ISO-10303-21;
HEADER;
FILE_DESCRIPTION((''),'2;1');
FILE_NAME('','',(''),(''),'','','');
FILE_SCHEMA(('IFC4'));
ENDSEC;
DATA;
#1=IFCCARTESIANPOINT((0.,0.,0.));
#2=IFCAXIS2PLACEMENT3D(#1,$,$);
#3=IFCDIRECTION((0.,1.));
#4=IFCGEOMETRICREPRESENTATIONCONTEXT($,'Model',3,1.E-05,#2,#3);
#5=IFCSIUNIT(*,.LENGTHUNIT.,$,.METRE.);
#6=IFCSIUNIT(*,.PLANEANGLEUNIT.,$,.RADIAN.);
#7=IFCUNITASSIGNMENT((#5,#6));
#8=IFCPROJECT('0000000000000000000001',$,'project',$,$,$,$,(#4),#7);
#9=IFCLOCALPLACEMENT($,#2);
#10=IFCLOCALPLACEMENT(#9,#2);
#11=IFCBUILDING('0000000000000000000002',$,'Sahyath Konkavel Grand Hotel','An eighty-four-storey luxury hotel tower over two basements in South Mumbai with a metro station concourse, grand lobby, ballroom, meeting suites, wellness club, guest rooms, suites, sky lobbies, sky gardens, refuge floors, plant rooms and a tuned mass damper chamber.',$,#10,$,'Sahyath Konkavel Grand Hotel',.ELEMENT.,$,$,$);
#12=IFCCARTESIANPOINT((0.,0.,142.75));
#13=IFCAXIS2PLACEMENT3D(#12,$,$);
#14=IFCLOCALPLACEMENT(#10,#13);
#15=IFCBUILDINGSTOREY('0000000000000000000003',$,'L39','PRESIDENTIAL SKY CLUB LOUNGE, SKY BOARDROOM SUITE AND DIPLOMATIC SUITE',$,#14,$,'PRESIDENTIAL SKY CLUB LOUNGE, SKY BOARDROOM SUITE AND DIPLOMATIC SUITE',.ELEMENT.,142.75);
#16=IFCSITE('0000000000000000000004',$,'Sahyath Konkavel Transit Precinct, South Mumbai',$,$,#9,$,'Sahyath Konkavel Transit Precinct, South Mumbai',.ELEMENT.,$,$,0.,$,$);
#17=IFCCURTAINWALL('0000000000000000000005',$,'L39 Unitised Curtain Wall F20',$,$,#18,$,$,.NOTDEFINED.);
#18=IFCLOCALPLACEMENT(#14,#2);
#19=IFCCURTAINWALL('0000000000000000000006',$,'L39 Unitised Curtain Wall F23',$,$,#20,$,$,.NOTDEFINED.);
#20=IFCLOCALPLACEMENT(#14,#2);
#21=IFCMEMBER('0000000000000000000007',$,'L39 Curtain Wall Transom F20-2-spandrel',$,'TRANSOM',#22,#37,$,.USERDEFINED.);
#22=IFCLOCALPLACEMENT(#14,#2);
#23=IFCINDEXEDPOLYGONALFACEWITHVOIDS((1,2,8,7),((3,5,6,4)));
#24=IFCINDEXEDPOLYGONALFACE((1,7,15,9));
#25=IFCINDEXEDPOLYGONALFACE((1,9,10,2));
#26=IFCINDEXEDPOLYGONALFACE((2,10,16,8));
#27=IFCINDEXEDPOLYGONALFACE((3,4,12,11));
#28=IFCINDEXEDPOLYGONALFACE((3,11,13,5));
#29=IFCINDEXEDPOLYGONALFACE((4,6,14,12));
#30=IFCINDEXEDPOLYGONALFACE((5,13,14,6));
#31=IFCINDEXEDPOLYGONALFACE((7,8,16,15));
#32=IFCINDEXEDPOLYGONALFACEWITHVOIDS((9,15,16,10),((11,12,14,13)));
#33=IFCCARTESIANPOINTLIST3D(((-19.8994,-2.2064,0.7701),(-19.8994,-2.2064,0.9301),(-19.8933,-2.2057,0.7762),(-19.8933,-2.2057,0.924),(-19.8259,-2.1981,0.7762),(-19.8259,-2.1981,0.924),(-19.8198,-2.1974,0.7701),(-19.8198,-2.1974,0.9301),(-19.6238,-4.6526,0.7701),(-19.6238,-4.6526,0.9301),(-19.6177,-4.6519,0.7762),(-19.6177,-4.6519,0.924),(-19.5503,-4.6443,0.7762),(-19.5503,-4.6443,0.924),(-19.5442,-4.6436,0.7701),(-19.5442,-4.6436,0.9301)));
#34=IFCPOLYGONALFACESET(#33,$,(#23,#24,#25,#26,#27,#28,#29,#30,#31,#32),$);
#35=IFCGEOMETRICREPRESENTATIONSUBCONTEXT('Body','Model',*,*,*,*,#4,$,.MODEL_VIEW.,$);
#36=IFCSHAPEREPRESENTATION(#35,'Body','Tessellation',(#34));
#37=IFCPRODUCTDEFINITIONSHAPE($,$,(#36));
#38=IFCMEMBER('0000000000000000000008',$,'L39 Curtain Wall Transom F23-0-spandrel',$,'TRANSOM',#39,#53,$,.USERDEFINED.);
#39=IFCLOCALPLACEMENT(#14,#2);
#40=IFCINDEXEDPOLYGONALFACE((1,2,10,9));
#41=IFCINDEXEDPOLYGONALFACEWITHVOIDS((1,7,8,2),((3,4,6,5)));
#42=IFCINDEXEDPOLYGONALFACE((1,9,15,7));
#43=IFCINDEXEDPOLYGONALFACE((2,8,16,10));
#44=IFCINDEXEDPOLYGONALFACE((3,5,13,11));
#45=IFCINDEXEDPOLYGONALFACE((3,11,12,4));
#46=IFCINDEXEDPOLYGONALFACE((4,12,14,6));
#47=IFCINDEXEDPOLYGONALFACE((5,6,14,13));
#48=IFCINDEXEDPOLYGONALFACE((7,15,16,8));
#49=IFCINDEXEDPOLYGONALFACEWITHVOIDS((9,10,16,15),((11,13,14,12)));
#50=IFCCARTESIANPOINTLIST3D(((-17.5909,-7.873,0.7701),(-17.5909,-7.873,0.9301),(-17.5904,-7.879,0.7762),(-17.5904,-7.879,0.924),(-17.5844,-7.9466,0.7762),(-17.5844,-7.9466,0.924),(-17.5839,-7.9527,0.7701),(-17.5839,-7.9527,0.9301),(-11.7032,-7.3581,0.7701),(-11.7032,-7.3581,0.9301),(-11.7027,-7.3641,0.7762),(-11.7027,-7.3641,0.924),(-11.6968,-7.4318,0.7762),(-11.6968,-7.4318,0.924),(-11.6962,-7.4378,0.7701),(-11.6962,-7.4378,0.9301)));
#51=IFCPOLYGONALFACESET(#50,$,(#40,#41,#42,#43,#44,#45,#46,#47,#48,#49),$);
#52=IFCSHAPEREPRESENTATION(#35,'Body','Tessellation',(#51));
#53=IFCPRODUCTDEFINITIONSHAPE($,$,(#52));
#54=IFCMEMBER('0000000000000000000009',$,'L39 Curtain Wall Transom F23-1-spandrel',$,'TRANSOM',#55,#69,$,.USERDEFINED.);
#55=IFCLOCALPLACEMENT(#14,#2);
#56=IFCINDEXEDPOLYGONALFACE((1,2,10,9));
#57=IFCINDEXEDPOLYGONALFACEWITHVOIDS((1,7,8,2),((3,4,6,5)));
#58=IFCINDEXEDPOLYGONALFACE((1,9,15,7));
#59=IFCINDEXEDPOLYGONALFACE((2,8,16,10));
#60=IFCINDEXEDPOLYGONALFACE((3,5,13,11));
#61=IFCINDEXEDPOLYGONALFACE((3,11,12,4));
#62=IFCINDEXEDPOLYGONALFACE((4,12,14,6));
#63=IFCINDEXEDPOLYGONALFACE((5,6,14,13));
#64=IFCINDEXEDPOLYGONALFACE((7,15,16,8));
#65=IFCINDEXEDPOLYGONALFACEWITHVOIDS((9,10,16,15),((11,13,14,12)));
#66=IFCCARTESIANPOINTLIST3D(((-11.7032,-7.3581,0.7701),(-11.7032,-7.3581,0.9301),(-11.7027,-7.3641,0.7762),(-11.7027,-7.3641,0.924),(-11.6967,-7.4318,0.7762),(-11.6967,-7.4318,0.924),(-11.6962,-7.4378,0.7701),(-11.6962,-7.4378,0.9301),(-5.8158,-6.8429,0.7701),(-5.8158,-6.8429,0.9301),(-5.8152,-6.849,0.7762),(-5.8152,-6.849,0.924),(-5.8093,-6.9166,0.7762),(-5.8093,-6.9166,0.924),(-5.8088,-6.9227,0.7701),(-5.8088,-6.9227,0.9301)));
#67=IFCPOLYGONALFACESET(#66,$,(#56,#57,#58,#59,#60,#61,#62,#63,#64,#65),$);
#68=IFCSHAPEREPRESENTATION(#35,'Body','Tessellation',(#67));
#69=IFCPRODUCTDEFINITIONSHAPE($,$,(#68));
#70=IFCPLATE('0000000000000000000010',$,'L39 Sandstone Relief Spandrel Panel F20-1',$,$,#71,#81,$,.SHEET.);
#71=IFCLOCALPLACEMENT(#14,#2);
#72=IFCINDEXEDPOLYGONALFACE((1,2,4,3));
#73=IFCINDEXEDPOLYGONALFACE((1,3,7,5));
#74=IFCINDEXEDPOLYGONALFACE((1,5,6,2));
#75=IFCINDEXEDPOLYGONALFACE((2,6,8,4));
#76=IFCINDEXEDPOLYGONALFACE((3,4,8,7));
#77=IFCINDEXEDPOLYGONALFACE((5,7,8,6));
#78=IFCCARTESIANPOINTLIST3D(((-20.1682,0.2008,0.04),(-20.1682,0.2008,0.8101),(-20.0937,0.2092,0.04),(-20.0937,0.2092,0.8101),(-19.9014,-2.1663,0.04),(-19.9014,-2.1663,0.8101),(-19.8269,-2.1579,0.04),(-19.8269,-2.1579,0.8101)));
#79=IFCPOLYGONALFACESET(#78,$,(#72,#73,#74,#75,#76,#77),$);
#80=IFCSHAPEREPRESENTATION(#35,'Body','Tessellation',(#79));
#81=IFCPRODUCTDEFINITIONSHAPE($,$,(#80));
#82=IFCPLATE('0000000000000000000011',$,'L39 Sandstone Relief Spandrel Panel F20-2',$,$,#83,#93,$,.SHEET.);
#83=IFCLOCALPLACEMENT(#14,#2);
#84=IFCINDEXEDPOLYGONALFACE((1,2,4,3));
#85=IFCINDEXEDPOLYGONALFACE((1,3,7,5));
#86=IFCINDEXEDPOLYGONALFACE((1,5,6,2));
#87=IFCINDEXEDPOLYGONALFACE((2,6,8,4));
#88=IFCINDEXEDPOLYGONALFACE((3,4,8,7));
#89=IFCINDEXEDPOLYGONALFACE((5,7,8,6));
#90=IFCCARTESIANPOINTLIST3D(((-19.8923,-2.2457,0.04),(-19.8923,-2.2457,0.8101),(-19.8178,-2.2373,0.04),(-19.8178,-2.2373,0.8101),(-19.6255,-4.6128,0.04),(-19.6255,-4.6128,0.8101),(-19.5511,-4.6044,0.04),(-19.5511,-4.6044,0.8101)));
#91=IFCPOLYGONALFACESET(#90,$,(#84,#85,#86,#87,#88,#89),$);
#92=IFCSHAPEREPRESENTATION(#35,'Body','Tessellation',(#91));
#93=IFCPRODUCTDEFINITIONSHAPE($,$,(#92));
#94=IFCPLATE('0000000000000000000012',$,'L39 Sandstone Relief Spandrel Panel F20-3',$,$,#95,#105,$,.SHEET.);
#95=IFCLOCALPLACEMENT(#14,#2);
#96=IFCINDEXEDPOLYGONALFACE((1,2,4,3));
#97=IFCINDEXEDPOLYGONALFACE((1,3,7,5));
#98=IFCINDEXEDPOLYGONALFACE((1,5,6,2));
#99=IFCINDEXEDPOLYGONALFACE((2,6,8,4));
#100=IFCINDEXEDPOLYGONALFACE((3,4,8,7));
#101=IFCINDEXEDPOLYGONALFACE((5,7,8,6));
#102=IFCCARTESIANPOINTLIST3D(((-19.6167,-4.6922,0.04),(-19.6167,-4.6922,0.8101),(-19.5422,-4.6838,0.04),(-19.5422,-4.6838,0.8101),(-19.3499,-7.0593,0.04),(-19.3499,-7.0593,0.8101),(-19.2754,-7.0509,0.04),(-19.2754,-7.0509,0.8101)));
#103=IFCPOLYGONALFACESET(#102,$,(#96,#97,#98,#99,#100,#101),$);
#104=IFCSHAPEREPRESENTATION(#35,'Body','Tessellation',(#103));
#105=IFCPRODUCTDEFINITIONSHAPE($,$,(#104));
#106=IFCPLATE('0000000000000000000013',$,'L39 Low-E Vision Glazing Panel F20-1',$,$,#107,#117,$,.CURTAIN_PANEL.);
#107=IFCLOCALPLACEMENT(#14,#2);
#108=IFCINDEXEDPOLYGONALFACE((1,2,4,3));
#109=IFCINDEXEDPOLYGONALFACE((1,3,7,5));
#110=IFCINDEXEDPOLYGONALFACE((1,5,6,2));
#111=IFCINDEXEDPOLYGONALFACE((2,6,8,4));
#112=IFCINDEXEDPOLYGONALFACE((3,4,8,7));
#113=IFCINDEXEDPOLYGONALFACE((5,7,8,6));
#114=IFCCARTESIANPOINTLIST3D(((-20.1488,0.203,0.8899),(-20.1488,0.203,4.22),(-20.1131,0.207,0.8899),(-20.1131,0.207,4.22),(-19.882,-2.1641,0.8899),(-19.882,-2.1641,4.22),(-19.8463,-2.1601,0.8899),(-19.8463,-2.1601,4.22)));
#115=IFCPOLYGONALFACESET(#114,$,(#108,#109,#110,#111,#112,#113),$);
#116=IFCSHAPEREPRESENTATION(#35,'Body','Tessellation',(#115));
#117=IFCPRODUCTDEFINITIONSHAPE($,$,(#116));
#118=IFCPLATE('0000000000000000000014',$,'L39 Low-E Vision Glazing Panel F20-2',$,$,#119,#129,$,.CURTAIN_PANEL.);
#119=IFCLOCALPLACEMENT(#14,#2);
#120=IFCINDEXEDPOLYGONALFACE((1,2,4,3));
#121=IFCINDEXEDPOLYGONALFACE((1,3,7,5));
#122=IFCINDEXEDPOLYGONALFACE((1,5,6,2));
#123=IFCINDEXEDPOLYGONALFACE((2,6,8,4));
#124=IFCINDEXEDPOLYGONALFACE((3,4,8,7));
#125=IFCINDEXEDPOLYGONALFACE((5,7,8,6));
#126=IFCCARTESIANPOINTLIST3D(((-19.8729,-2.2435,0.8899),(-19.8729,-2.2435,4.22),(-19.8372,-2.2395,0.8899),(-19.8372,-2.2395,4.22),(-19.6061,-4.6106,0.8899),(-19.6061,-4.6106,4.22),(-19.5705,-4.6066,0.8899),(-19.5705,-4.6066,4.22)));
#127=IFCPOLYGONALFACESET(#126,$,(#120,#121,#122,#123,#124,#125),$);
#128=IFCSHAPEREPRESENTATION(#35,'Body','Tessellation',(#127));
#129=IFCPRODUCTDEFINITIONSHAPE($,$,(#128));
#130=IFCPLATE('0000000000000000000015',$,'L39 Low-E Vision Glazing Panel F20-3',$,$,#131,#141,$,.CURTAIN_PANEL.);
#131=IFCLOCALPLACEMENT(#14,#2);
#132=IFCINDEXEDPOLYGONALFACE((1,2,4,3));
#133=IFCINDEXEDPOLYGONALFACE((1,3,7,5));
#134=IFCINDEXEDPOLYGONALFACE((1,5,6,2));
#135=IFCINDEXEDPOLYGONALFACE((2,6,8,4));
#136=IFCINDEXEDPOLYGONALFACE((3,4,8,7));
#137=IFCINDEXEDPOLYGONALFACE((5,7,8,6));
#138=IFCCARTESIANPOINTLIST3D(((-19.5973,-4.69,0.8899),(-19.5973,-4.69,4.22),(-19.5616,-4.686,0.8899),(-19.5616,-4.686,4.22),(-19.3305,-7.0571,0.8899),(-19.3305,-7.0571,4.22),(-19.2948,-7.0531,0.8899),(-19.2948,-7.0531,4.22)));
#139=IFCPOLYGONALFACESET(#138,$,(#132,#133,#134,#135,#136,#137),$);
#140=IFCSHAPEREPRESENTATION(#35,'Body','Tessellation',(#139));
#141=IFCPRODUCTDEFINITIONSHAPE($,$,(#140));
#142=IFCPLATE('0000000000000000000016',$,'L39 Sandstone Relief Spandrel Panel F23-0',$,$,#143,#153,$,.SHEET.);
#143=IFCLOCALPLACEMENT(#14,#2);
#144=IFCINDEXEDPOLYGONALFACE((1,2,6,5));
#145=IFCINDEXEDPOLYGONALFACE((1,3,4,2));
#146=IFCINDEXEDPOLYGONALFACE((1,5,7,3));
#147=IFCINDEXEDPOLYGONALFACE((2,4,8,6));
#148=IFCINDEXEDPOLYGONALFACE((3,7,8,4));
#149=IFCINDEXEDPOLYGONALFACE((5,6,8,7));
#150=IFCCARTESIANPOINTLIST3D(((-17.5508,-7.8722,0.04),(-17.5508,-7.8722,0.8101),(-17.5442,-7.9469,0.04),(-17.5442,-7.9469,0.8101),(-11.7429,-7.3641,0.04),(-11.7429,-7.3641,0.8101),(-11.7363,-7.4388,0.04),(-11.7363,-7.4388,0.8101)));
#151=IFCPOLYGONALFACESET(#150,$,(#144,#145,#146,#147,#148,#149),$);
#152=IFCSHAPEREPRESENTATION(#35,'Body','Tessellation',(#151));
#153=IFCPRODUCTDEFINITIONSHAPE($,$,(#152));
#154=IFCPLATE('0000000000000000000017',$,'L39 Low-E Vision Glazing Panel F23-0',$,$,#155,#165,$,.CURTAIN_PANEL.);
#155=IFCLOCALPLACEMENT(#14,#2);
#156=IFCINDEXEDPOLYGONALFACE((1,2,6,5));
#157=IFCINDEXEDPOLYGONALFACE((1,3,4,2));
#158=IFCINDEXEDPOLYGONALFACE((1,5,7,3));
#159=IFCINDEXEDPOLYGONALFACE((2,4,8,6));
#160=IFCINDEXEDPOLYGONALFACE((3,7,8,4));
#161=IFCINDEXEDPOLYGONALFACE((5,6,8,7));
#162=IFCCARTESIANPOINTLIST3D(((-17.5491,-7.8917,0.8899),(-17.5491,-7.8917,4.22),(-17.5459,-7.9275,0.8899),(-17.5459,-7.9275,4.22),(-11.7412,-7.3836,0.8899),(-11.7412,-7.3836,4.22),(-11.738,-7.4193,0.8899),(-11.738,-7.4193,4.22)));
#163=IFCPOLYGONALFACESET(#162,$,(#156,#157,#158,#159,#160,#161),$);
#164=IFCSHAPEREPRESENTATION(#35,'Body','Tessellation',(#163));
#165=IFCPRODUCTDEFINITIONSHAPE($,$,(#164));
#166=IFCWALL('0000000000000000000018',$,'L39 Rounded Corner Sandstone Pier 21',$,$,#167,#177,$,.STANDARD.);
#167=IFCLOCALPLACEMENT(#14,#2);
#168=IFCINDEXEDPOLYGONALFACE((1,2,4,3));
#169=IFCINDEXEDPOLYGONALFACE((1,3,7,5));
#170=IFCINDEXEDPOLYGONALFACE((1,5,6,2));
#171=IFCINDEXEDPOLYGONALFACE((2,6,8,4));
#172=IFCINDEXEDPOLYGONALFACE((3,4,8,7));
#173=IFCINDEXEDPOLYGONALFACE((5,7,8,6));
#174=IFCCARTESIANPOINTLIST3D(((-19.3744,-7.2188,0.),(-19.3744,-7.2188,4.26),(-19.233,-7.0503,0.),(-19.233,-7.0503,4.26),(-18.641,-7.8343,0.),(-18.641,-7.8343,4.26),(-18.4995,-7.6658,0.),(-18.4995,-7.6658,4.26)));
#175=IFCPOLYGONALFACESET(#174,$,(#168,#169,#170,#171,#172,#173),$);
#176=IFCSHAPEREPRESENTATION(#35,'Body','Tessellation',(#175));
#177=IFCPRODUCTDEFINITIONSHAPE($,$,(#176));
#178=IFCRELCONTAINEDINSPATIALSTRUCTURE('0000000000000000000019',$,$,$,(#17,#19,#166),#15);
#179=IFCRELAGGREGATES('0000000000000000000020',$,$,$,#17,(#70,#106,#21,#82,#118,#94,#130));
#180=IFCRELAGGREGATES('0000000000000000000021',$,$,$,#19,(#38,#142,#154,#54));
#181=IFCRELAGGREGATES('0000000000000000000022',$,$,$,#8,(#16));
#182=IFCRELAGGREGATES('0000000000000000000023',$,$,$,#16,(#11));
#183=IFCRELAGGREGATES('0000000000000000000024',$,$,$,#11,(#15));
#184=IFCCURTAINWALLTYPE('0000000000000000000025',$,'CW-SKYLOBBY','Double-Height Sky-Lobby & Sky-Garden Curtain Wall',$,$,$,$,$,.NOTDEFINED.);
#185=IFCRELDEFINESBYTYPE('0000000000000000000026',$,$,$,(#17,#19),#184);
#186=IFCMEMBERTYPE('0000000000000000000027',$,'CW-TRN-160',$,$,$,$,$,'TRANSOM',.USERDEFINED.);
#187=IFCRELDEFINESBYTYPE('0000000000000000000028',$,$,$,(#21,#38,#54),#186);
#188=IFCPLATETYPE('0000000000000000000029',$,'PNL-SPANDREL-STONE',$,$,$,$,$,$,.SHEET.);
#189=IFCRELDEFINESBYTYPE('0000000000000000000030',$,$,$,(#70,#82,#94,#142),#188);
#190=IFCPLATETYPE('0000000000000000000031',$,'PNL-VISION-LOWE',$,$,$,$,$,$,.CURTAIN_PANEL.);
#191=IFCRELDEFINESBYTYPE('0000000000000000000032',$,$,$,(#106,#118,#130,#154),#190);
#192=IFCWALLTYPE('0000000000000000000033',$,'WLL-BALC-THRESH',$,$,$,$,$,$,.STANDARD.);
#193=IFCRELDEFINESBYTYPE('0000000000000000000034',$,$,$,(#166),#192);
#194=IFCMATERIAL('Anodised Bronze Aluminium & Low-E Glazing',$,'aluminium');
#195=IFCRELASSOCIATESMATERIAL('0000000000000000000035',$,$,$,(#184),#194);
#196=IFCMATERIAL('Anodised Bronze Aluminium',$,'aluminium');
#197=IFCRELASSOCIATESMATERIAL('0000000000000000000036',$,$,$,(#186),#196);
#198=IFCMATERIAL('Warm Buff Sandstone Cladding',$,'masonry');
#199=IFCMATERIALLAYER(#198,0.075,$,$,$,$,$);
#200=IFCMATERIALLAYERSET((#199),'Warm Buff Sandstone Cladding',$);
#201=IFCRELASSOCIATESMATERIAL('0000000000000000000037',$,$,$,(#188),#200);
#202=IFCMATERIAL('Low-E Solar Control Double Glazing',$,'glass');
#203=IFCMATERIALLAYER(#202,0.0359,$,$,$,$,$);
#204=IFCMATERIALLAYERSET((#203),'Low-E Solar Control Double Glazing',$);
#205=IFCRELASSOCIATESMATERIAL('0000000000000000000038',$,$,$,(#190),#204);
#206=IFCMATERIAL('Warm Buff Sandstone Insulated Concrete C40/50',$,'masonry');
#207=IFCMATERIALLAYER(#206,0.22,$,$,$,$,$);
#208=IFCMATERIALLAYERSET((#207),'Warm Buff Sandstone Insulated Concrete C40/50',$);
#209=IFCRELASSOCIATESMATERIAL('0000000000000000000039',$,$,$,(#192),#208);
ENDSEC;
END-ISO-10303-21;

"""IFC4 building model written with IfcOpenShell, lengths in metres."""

from ifc_helpers import new_model, si_unit, direction, frame, frame_2d, origin, origin_2d, place, context, subcontext, project, spatial, rectangle, hollow_rectangle, extrude, source, transform, mapped, material, layer, layer_set, material_profile, profile_set, type_object, element, aggregate, save


model = new_model("IFC4")

# Units and contexts
model_context = context("Model", 3, precision=1e-05, world=origin(), true_north=direction((0.0, 1.0)))
body_context = subcontext(model_context, "Body", "Model", "MODEL_VIEW")
ifc_project = project(units=[si_unit("LENGTHUNIT", "METRE"), si_unit("PLANEANGLEUNIT", "RADIAN")], contexts=[model_context])

# Site, building, storey
site_placement = place(None, origin())
site = spatial("IfcSite", under=ifc_project, at=site_placement, Name="Sahyath Konkavel Transit Precinct, South Mumbai", LongName="Sahyath Konkavel Transit Precinct, South Mumbai", CompositionType="ELEMENT", RefElevation=0.0)
building_placement = place(site_placement, origin())
building = spatial("IfcBuilding", under=site, at=building_placement, Name="Sahyath Konkavel Grand Hotel", Description="An eighty-four-storey luxury hotel tower over two basements in South Mumbai with a metro station concourse, grand lobby, ballroom, meeting suites, wellness club, guest rooms, suites, sky lobbies, sky gardens, refuge floors, plant rooms and a tuned mass damper chamber.", LongName="Sahyath Konkavel Grand Hotel", CompositionType="ELEMENT")
storey_placement = place(building_placement, frame((0.0, 0.0, 142.75)))
storey = spatial("IfcBuildingStorey", under=building, at=storey_placement, Name="L39", Description="PRESIDENTIAL SKY CLUB LOUNGE, SKY BOARDROOM SUITE AND DIPLOMATIC SUITE", LongName="PRESIDENTIAL SKY CLUB LOUNGE, SKY BOARDROOM SUITE AND DIPLOMATIC SUITE", CompositionType="ELEMENT", Elevation=142.75)

# Curtain walls
ifc_material_1 = material(Name="Anodised Bronze Aluminium & Low-E Glazing", Category="aluminium")
curtain_wall_type = type_object("IfcCurtainWallType", Name="CW-SKYLOBBY", Description="Double-Height Sky-Lobby & Sky-Garden Curtain Wall", PredefinedType="NOTDEFINED", material=ifc_material_1)
curtain_wall_1_placement = place(storey_placement, origin())
curtain_wall_1 = element("IfcCurtainWall", 1, at=curtain_wall_1_placement, inside=storey, type_object=curtain_wall_type, Name="L39 Unitised Curtain Wall F20", PredefinedType="NOTDEFINED")
ifc_material_2 = material(Name="Anodised Bronze Aluminium", Category="aluminium")
curtain_wall_2_placement = place(storey_placement, origin())
curtain_wall_2 = element("IfcCurtainWall", 2, at=curtain_wall_2_placement, inside=storey, type_object=curtain_wall_type, Name="L39 Unitised Curtain Wall F23", PredefinedType="NOTDEFINED")

# Members
ifc_material_profile_1 = material_profile(ifc_material_2, hollow_rectangle(XDim=0.0801, YDim=0.1599, WallThickness=0.0061, at=origin_2d()), Name="RHS 160x80x6")
ifc_profile_set_1 = profile_set([ifc_material_profile_1], Name="Anodised Bronze Aluminium")
member_type_1 = type_object("IfcMemberType", Name="CW-TRN-160", ElementType="TRANSOM", PredefinedType="USERDEFINED", material=ifc_profile_set_1)
shared_shape_1 = source(origin(), body_context, "Body", "SweptSolid", [
    extrude(hollow_rectangle(XDim=0.0801, YDim=0.1599, WallThickness=0.0061, at=origin_2d()), origin(), (0.0, 0.0, 1.0), 2.4617),
])
member_1_placement = place(storey_placement, frame((-19.8596, -2.2019, 0.8501), z_axis=(0.111966, -0.993712, 0.0), x_axis=(0.993712, 0.111966, 0.0)))
member_1 = element("IfcMember", 3, at=member_1_placement, type_object=member_type_1, Name="L39 Curtain Wall Transom F20-2-spandrel", ObjectType="TRANSOM", PredefinedType="USERDEFINED", context=body_context, shape_type="MappedRepresentation", body=[
    mapped(shared_shape_1, transform((0.0, 0.0, 0.0), scale=1.0)),
])
shared_shape_2 = source(origin(), body_context, "Body", "SweptSolid", [
    extrude(hollow_rectangle(XDim=0.0801, YDim=0.1599, WallThickness=0.0061, at=origin_2d()), origin(), (0.0, 0.0, 1.0), 5.9102),
])
member_2_placement = place(storey_placement, frame((-17.5874, -7.9128, 0.8501), z_axis=(0.996198, 0.08712, 0.0), x_axis=(-0.08712, 0.996198, 0.0)))
member_2 = element("IfcMember", 4, at=member_2_placement, type_object=member_type_1, Name="L39 Curtain Wall Transom F23-0-spandrel", ObjectType="TRANSOM", PredefinedType="USERDEFINED", context=body_context, shape_type="MappedRepresentation", body=[
    mapped(shared_shape_2, transform((0.0, 0.0, 0.0), scale=1.0)),
])
shared_shape_3 = source(origin(), body_context, "Body", "SweptSolid", [
    extrude(hollow_rectangle(XDim=0.0801, YDim=0.1599, WallThickness=0.0061, at=origin_2d()), origin(), (0.0, 0.0, 1.0), 5.9099),
])
member_3_placement = place(storey_placement, frame((-11.6997, -7.3979, 0.8501), z_axis=(0.996194, 0.087164, 0.0), x_axis=(-0.087164, 0.996194, 0.0)))
member_3 = element("IfcMember", 5, at=member_3_placement, type_object=member_type_1, Name="L39 Curtain Wall Transom F23-1-spandrel", ObjectType="TRANSOM", PredefinedType="USERDEFINED", context=body_context, shape_type="MappedRepresentation", body=[
    mapped(shared_shape_3, transform((0.0, 0.0, 0.0), scale=1.0)),
])

# Plates
ifc_material_3 = material(Name="Warm Buff Sandstone Cladding", Category="masonry")
ifc_layer_1 = layer(ifc_material_3, 0.075)
ifc_layer_set_1 = layer_set([ifc_layer_1], Name="Warm Buff Sandstone Cladding")
plate_type_1 = type_object("IfcPlateType", Name="PNL-SPANDREL-STONE", PredefinedType="SHEET", material=ifc_layer_set_1)
shared_shape_4 = source(origin(), body_context, "Body", "SweptSolid", [
    extrude(rectangle(XDim=2.3821, YDim=0.075, at=origin_2d()), origin(), (0.0, 0.0, 1.0), 0.77),
])
plate_1_placement = place(storey_placement, frame((-19.9976, -0.9785, 0.04), z_axis=(0.0, 0.0, 1.0), x_axis=(0.111989, -0.993709, 0.0)))
plate_1 = element("IfcPlate", 6, at=plate_1_placement, type_object=plate_type_1, Name="L39 Sandstone Relief Spandrel Panel F20-1", PredefinedType="SHEET", context=body_context, shape_type="MappedRepresentation", body=[
    mapped(shared_shape_4, transform((0.0, 0.0, 0.0), scale=1.0)),
])
plate_2_placement = place(storey_placement, frame((-19.7217, -3.425, 0.04), z_axis=(0.0, 0.0, 1.0), x_axis=(0.111989, -0.993709, 0.0)))
plate_2 = element("IfcPlate", 7, at=plate_2_placement, type_object=plate_type_1, Name="L39 Sandstone Relief Spandrel Panel F20-2", PredefinedType="SHEET", context=body_context, shape_type="MappedRepresentation", body=[
    mapped(shared_shape_4, transform((0.0, 0.0, 0.0), scale=1.0)),
])
plate_3_placement = place(storey_placement, frame((-19.446, -5.8716, 0.04), z_axis=(0.0, 0.0, 1.0), x_axis=(0.111989, -0.993709, 0.0)))
plate_3 = element("IfcPlate", 8, at=plate_3_placement, type_object=plate_type_1, Name="L39 Sandstone Relief Spandrel Panel F20-3", PredefinedType="SHEET", context=body_context, shape_type="MappedRepresentation", body=[
    mapped(shared_shape_4, transform((0.0, 0.0, 0.0), scale=1.0)),
])
ifc_material_4 = material(Name="Low-E Solar Control Double Glazing", Category="glass")
ifc_layer_2 = layer(ifc_material_4, 0.0359)
ifc_layer_set_2 = layer_set([ifc_layer_2], Name="Low-E Solar Control Double Glazing")
plate_type_2 = type_object("IfcPlateType", Name="PNL-VISION-LOWE", PredefinedType="CURTAIN_PANEL", material=ifc_layer_set_2)
shared_shape_5 = source(origin(), body_context, "Body", "SweptSolid", [
    extrude(rectangle(XDim=2.3821, YDim=0.0359, at=origin_2d()), origin(), (0.0, 0.0, 1.0), 3.3301),
])
plate_4_placement = place(storey_placement, frame((-19.9976, -0.9785, 0.8899), z_axis=(0.0, 0.0, 1.0), x_axis=(0.111989, -0.993709, 0.0)))
plate_4 = element("IfcPlate", 9, at=plate_4_placement, type_object=plate_type_2, Name="L39 Low-E Vision Glazing Panel F20-1", PredefinedType="CURTAIN_PANEL", context=body_context, shape_type="MappedRepresentation", body=[
    mapped(shared_shape_5, transform((0.0, 0.0, 0.0), scale=1.0)),
])
plate_5_placement = place(storey_placement, frame((-19.7217, -3.425, 0.8899), z_axis=(0.0, 0.0, 1.0), x_axis=(0.111989, -0.993709, 0.0)))
plate_5 = element("IfcPlate", 10, at=plate_5_placement, type_object=plate_type_2, Name="L39 Low-E Vision Glazing Panel F20-2", PredefinedType="CURTAIN_PANEL", context=body_context, shape_type="MappedRepresentation", body=[
    mapped(shared_shape_5, transform((0.0, 0.0, 0.0), scale=1.0)),
])
plate_6_placement = place(storey_placement, frame((-19.446, -5.8716, 0.8899), z_axis=(0.0, 0.0, 1.0), x_axis=(0.111989, -0.993709, 0.0)))
plate_6 = element("IfcPlate", 11, at=plate_6_placement, type_object=plate_type_2, Name="L39 Low-E Vision Glazing Panel F20-3", PredefinedType="CURTAIN_PANEL", context=body_context, shape_type="MappedRepresentation", body=[
    mapped(shared_shape_5, transform((0.0, 0.0, 0.0), scale=1.0)),
])
aggregate(curtain_wall_1, [plate_1, plate_4, member_1, plate_2, plate_5, plate_3, plate_6])
shared_shape_6 = source(origin(), body_context, "Body", "SweptSolid", [
    extrude(rectangle(XDim=5.8301, YDim=0.075, at=origin_2d()), origin(), (0.0, 0.0, 1.0), 0.77),
])
plate_7_placement = place(storey_placement, frame((-14.6436, -7.6555, 0.04), z_axis=(0.0, 0.0, 1.0), x_axis=(0.996195, 0.087156, 0.0)))
plate_7 = element("IfcPlate", 12, at=plate_7_placement, type_object=plate_type_1, Name="L39 Sandstone Relief Spandrel Panel F23-0", PredefinedType="SHEET", context=body_context, shape_type="MappedRepresentation", body=[
    mapped(shared_shape_6, transform((0.0, 0.0, 0.0), scale=1.0)),
])
shared_shape_7 = source(origin(), body_context, "Body", "SweptSolid", [
    extrude(rectangle(XDim=5.8301, YDim=0.0359, at=origin_2d()), origin(), (0.0, 0.0, 1.0), 3.3301),
])
plate_8_placement = place(storey_placement, frame((-14.6436, -7.6555, 0.8899), z_axis=(0.0, 0.0, 1.0), x_axis=(0.996195, 0.087156, 0.0)))
plate_8 = element("IfcPlate", 13, at=plate_8_placement, type_object=plate_type_2, Name="L39 Low-E Vision Glazing Panel F23-0", PredefinedType="CURTAIN_PANEL", context=body_context, shape_type="MappedRepresentation", body=[
    mapped(shared_shape_7, transform((0.0, 0.0, 0.0), scale=1.0)),
])
aggregate(curtain_wall_2, [member_2, plate_7, plate_8, member_3])

# Wall
ifc_material_5 = material(Name="Warm Buff Sandstone Insulated Concrete C40/50", Category="masonry")
ifc_layer_3 = layer(ifc_material_5, 0.22)
ifc_layer_set_3 = layer_set([ifc_layer_3], Name="Warm Buff Sandstone Insulated Concrete C40/50")
wall_type = type_object("IfcWallType", Name="WLL-BALC-THRESH", PredefinedType="STANDARD", material=ifc_layer_set_3)
wall_1_placement = place(storey_placement, frame((-19.3037, -7.1345, 0.0), z_axis=(0.0, 0.0, 1.0), x_axis=(0.766001, -0.642839, 0.0)))
element("IfcWall", 14, at=wall_1_placement, inside=storey, type_object=wall_type, Name="L39 Rounded Corner Sandstone Pier 21", PredefinedType="STANDARD", context=body_context, shape_type="SweptSolid", body=[
    extrude(rectangle(XDim=0.9575, YDim=0.22, at=frame_2d((0.4788, 0.0))), origin(), (0.0, 0.0, 1.0), 4.26),
])

save(model, "model.ifc")
